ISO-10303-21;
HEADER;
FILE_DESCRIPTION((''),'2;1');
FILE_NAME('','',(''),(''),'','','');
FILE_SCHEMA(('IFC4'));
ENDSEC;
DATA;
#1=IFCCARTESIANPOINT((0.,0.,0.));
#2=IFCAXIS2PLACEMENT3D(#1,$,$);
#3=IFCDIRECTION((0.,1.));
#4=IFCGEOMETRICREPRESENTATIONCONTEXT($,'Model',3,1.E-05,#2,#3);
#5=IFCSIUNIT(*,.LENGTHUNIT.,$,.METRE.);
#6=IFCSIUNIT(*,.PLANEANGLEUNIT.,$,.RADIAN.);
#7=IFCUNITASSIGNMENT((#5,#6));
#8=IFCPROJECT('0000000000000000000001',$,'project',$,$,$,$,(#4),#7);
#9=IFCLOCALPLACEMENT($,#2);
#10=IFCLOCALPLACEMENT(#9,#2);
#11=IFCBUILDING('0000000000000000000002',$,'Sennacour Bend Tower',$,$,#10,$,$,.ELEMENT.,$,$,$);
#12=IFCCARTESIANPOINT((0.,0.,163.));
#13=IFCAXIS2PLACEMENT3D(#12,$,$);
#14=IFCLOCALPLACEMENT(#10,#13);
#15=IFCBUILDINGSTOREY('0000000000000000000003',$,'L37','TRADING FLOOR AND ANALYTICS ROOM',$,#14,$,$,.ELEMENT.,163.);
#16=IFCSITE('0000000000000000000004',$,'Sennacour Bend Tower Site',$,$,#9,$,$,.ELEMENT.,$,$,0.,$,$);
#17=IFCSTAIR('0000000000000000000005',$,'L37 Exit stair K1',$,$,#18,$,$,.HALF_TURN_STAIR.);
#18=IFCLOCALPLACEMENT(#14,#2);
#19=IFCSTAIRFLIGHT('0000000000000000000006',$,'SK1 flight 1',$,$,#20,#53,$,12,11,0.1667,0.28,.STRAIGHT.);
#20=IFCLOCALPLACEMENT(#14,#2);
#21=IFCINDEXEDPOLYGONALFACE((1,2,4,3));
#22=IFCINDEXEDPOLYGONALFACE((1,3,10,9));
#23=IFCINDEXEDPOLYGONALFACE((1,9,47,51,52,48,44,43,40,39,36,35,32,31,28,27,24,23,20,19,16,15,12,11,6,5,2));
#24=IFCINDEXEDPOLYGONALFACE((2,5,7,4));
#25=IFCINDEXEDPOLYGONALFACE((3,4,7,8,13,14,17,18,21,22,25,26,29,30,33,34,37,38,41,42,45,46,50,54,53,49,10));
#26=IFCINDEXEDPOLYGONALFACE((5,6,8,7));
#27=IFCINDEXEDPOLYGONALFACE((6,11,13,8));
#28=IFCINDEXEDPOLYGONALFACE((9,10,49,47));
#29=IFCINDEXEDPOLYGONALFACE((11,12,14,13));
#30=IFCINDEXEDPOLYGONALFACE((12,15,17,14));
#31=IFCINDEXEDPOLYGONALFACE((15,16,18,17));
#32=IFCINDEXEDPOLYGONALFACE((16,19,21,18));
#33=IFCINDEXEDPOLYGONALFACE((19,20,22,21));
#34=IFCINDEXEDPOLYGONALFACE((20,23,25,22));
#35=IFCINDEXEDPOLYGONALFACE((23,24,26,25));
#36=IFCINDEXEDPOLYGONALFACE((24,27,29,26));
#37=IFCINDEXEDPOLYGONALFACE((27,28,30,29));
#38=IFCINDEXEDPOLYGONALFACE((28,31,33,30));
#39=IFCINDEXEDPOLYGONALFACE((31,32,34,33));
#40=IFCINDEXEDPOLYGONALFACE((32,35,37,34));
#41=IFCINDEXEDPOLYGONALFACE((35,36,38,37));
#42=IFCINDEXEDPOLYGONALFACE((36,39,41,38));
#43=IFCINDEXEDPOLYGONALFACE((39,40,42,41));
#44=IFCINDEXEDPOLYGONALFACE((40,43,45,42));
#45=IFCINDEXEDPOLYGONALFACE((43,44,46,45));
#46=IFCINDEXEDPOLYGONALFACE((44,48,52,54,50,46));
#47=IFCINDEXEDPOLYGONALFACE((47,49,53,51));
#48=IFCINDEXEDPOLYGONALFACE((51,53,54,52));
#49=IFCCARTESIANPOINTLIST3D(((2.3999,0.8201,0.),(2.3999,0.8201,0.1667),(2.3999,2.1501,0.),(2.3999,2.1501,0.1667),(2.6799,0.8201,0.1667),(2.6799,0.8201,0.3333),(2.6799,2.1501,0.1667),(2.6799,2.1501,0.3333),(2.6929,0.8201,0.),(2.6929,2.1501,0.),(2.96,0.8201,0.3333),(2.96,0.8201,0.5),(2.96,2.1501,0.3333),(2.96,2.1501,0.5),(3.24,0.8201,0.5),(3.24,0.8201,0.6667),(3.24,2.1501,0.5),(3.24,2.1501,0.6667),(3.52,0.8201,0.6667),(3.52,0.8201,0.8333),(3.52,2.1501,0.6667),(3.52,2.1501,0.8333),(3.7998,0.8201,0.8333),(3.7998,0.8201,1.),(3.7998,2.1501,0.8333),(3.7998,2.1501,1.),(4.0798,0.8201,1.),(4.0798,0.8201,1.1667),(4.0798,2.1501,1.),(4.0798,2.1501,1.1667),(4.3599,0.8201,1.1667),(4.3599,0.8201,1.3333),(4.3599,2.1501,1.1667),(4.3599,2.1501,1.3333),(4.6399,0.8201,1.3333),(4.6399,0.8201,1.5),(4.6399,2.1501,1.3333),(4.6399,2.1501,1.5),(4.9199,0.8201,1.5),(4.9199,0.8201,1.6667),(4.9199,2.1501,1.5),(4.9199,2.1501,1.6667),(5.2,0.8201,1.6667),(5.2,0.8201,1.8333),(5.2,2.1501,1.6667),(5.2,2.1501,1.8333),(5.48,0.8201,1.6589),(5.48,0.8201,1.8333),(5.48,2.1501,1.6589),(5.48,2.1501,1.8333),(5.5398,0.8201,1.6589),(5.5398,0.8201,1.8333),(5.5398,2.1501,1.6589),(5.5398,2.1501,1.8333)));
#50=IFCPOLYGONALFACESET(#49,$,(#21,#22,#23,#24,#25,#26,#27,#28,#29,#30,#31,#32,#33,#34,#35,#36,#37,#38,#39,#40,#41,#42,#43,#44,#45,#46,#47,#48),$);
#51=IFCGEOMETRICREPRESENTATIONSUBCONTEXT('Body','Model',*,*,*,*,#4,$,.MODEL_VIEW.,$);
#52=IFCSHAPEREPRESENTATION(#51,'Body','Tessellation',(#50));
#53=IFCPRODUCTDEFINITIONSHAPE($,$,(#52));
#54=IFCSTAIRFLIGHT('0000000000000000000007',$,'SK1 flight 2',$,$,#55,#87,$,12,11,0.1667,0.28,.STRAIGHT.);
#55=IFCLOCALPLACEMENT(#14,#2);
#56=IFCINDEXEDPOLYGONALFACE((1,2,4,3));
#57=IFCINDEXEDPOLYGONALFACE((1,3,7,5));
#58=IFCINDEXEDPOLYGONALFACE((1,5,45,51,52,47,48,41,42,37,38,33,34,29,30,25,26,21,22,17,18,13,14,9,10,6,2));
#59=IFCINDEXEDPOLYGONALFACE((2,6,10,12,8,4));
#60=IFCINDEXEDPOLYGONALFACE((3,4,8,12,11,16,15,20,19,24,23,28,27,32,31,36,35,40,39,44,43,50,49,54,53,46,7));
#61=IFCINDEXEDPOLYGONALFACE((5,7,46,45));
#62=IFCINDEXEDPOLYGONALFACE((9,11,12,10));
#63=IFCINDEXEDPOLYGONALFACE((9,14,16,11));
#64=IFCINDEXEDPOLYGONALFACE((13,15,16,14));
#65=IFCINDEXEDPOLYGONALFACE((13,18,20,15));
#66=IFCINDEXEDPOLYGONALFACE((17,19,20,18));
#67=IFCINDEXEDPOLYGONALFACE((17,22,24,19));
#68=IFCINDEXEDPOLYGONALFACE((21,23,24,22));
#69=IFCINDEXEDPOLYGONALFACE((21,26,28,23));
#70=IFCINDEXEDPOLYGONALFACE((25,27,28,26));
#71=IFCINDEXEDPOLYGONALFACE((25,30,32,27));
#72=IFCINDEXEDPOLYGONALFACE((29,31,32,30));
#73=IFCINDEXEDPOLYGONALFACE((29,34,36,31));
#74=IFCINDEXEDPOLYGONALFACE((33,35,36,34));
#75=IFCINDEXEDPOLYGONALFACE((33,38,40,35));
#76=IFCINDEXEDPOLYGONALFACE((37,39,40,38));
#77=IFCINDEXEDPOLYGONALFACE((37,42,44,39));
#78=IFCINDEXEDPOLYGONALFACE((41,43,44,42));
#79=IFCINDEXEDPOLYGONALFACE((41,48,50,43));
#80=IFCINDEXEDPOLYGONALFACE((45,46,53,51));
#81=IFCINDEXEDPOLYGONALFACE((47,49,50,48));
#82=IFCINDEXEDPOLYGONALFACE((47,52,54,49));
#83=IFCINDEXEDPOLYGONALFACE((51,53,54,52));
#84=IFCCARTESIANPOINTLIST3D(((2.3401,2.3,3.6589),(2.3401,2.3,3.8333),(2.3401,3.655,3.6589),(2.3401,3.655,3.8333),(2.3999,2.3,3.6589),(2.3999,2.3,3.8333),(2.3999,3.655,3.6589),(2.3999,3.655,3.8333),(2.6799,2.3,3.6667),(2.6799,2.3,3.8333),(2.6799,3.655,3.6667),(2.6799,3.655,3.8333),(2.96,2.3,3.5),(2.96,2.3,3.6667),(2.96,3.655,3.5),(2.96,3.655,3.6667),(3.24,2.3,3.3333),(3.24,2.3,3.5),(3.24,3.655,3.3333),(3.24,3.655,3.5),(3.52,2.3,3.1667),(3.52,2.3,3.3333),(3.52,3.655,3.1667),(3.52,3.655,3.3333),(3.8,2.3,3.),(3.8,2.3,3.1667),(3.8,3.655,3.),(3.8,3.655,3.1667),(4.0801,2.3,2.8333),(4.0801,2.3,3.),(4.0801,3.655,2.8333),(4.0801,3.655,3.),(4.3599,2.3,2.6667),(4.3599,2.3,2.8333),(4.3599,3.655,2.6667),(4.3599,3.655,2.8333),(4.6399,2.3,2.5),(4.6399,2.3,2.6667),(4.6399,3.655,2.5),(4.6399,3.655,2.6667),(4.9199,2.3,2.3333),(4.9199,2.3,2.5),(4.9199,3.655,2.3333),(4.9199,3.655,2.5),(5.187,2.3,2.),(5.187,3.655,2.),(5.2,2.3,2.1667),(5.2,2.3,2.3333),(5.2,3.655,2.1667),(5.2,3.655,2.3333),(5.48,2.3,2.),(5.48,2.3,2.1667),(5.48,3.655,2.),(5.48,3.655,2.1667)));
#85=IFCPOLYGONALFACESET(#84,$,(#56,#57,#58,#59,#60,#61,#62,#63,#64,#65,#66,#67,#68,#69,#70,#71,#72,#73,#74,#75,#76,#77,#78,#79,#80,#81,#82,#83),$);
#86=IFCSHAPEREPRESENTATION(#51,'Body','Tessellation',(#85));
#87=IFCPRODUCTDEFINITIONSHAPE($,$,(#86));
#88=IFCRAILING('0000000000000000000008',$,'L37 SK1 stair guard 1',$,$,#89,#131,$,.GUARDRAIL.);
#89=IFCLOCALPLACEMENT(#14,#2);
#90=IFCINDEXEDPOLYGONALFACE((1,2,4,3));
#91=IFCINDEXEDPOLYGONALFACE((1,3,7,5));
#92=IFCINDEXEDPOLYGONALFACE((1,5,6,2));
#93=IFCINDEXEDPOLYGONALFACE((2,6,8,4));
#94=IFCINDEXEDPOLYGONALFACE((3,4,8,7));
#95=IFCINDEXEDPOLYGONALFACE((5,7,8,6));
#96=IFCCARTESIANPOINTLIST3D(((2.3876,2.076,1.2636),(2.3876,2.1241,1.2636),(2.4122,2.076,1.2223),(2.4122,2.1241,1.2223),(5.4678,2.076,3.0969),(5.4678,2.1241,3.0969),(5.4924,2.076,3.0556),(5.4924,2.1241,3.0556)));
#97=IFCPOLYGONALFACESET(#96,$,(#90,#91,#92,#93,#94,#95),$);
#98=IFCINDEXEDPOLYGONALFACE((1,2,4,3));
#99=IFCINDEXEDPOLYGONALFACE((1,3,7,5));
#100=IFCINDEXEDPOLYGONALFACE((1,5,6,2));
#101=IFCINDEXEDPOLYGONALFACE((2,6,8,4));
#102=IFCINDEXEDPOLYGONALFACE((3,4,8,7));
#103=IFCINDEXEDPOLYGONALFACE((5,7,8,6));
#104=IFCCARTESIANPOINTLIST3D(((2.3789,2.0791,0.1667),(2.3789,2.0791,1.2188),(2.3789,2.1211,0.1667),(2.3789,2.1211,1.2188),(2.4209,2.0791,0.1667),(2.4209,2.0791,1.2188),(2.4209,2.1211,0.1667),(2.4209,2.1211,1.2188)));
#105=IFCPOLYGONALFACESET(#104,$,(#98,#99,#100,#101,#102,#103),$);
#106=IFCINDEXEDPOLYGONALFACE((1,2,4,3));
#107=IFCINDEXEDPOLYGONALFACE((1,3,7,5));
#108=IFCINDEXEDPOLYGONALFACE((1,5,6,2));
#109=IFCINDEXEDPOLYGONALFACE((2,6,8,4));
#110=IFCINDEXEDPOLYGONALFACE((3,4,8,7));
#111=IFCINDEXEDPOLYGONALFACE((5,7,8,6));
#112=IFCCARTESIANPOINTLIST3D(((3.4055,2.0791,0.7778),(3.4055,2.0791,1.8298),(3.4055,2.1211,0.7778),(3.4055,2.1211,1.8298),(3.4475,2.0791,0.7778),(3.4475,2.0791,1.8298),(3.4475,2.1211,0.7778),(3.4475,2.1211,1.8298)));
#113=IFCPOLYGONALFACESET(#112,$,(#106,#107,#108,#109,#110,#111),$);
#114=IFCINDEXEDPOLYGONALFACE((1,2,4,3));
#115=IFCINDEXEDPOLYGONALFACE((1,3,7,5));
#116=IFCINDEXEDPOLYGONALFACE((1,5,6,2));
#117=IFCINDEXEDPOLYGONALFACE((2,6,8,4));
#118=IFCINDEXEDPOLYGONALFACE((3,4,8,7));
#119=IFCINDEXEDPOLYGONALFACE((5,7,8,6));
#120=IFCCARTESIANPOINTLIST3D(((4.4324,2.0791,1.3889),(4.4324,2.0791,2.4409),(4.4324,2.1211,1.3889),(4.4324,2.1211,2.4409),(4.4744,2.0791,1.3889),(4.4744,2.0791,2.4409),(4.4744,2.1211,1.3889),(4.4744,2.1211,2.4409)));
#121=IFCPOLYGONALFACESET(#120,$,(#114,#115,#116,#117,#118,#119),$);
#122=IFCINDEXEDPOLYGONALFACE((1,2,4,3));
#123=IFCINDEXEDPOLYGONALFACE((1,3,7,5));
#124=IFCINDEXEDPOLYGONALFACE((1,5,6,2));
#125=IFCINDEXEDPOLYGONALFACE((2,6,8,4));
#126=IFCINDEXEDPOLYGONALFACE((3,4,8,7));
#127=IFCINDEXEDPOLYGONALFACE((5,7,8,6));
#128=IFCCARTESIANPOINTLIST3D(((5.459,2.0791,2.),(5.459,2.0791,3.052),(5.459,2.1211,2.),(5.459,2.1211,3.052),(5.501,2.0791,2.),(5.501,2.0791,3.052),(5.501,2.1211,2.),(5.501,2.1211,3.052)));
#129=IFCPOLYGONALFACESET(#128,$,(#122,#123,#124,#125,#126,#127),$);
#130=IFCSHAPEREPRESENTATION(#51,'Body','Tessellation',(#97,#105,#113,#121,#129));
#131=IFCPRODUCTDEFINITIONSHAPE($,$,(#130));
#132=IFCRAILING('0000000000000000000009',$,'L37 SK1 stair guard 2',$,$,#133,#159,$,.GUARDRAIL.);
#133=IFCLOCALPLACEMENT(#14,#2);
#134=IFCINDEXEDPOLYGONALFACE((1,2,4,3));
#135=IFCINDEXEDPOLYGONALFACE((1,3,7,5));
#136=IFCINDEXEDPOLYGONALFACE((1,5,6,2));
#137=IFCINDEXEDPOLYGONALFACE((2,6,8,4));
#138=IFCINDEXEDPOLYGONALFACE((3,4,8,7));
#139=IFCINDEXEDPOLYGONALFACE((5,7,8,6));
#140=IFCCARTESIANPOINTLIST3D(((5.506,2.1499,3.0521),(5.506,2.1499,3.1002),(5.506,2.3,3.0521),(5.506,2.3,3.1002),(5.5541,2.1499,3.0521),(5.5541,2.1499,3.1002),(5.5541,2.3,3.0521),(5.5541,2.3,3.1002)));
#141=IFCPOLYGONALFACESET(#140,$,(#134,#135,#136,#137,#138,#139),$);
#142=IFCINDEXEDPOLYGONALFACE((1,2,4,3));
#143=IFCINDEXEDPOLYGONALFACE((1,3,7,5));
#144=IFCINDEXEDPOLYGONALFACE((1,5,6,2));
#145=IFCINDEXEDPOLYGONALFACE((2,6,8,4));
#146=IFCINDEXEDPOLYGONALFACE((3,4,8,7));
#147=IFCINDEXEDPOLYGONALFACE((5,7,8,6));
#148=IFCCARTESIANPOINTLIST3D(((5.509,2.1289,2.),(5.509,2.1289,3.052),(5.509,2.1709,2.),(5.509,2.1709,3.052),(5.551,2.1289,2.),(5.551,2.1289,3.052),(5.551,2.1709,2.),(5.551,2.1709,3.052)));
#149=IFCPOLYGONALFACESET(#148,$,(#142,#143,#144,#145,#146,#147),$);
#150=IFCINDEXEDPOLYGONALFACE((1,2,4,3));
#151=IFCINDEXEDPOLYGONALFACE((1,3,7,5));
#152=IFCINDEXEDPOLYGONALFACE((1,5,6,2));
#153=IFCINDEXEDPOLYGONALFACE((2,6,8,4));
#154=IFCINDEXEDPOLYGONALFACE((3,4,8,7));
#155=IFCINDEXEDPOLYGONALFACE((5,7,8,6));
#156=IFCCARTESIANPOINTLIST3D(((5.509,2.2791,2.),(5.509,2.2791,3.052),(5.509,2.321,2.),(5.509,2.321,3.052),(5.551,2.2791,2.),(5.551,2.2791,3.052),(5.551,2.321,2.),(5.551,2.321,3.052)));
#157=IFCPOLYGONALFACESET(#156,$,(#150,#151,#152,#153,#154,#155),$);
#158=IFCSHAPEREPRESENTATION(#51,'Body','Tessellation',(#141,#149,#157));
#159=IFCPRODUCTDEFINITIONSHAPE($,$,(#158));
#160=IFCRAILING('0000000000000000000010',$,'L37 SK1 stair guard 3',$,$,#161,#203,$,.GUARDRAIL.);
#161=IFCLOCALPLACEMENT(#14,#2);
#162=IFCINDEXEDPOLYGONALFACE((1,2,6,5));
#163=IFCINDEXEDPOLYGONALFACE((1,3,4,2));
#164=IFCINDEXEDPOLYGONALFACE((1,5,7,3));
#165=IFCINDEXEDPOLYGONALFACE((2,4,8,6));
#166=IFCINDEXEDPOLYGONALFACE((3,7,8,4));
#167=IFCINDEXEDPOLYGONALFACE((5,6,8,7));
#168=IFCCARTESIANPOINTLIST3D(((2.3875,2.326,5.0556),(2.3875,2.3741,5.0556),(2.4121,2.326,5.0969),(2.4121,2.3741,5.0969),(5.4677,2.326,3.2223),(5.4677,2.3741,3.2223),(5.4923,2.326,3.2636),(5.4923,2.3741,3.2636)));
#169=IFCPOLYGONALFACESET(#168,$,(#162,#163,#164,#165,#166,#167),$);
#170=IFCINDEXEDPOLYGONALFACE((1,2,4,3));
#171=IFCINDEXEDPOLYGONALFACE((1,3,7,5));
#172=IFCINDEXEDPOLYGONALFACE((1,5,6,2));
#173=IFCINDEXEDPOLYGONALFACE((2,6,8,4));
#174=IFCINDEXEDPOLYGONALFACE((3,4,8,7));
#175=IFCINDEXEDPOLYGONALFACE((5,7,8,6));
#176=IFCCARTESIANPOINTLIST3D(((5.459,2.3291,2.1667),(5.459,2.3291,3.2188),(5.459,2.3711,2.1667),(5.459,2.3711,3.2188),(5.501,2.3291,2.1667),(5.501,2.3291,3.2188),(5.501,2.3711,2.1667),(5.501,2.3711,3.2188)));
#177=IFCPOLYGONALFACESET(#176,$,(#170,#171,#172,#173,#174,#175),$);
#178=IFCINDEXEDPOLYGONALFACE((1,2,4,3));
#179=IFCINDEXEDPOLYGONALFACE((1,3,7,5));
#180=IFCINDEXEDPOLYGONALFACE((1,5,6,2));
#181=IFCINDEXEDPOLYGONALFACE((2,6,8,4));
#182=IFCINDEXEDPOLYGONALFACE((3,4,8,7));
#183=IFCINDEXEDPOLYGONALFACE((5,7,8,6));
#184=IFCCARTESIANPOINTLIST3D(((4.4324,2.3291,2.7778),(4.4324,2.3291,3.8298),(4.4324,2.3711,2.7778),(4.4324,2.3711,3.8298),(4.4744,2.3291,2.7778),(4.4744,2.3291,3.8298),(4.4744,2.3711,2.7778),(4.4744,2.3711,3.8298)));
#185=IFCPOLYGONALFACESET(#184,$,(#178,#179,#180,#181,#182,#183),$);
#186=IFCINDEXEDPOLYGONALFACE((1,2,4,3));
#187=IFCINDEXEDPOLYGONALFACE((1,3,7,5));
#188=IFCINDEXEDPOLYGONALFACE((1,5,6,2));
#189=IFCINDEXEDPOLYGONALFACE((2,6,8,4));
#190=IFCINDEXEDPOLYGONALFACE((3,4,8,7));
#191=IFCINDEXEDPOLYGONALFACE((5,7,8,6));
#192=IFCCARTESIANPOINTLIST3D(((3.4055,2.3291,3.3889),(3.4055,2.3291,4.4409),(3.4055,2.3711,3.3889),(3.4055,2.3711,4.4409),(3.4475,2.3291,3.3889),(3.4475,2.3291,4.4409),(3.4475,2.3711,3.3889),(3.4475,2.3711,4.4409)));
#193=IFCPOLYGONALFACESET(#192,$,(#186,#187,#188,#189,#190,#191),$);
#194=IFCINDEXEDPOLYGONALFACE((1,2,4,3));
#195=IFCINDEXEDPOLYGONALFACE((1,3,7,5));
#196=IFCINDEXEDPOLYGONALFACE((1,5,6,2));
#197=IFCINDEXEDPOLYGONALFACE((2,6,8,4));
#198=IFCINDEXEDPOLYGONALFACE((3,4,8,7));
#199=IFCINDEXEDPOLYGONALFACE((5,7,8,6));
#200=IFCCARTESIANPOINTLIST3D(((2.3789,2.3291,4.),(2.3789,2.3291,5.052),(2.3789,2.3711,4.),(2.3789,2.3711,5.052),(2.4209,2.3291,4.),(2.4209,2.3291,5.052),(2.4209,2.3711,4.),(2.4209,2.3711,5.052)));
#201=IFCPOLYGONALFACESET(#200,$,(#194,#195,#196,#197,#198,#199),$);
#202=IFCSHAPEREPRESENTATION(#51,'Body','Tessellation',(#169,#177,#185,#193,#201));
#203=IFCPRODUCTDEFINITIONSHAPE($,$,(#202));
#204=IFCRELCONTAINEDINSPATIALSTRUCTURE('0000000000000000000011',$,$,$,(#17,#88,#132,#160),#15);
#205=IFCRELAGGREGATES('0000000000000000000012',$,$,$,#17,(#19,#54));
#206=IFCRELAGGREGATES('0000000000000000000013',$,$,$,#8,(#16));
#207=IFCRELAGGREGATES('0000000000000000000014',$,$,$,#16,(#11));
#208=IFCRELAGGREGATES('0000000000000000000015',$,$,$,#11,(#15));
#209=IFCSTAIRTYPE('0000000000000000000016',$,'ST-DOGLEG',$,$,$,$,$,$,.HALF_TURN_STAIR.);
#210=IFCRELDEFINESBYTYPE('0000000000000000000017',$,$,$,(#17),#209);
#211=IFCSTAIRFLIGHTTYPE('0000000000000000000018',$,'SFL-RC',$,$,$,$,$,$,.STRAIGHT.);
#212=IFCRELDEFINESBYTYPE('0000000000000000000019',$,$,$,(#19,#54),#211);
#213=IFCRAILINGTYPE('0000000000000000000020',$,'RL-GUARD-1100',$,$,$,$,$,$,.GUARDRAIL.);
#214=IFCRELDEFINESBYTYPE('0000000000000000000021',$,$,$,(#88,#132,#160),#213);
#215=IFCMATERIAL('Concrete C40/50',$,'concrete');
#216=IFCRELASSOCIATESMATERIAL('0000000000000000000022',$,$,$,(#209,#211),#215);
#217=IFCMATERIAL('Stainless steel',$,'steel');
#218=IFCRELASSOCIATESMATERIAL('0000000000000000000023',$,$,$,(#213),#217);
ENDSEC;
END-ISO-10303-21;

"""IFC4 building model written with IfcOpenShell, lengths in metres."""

from ifc_helpers import new_model, si_unit, direction, frame, origin, origin_2d, place, context, subcontext, project, spatial, polyline, rectangle, outline, extrude, material, type_object, element, aggregate, save


model = new_model("IFC4")

# Units and contexts
model_context = context("Model", 3, precision=1e-05, world=origin(), true_north=direction((0.0, 1.0)))
body_context = subcontext(model_context, "Body", "Model", "MODEL_VIEW")
ifc_project = project(units=[si_unit("LENGTHUNIT", "METRE"), si_unit("PLANEANGLEUNIT", "RADIAN")], contexts=[model_context])

# Site, building, storey
site_placement = place(None, origin())
site = spatial("IfcSite", under=ifc_project, at=site_placement, Name="Sennacour Bend Tower Site", CompositionType="ELEMENT", RefElevation=0.0)
building_placement = place(site_placement, origin())
building = spatial("IfcBuilding", under=site, at=building_placement, Name="Sennacour Bend Tower", CompositionType="ELEMENT")
storey_placement = place(building_placement, frame((0.0, 0.0, 163.0)))
storey = spatial("IfcBuildingStorey", under=building, at=storey_placement, Name="L37", Description="TRADING FLOOR AND ANALYTICS ROOM", CompositionType="ELEMENT", Elevation=163.0)

# Stair, stair flights
ifc_material_1 = material(Name="Concrete C40/50", Category="concrete")
stair_type = type_object("IfcStairType", Name="ST-DOGLEG", PredefinedType="HALF_TURN_STAIR", material=ifc_material_1)
stair_placement = place(storey_placement, origin())
stair = element("IfcStair", 1, at=stair_placement, inside=storey, type_object=stair_type, Name="L37 Exit stair K1", PredefinedType="HALF_TURN_STAIR")
stair_flight_type = type_object("IfcStairFlightType", Name="SFL-RC", PredefinedType="STRAIGHT", material=ifc_material_1)
stair_flight_1_placement = place(storey_placement, frame((2.3999, 1.4851, 0.0), z_axis=(0.0, 0.0, 1.0), x_axis=(1.0, 0.0, 0.0)))
stair_flight_1 = element("IfcStairFlight", 2, at=stair_flight_1_placement, type_object=stair_flight_type, Name="SK1 flight 1", NumberOfRisers=12, NumberOfTreads=11, PredefinedType="STRAIGHT", RiserHeight=0.1667, TreadLength=0.28, context=body_context, shape_type="SweptSolid", body=[
    extrude(outline(polyline([(0.0, 0.0), (0.0, 0.1667), (0.28, 0.1667), (0.28, 0.3333), (0.5601, 0.3333), (0.5601, 0.5), (0.8401, 0.5), (0.8401, 0.6667), (1.1201, 0.6667), (1.1201, 0.8333), (1.3999, 0.8333), (1.3999, 1.0), (1.6799, 1.0), (1.6799, 1.1667), (1.96, 1.1667), (1.96, 1.3333), (2.24, 1.3333), (2.24, 1.5), (2.52, 1.5), (2.52, 1.6667), (2.8, 1.6667), (2.8, 1.8333), (3.0801, 1.8333), (3.1399, 1.8333), (3.1399, 1.6589), (3.0801, 1.6589), (0.293, 0.0), (0.0, 0.0)])), frame((0.0, 0.665, 0.0), z_axis=(0.0, -1.0, 0.0), x_axis=(1.0, 0.0, 0.0)), (0.0, 0.0, 1.0), 1.3301),
])
stair_flight_2_placement = place(storey_placement, frame((5.48, 2.9775, 2.0), z_axis=(0.0, 0.0, 1.0), x_axis=(-1.0, 0.0, 0.0)))
stair_flight_2 = element("IfcStairFlight", 3, at=stair_flight_2_placement, type_object=stair_flight_type, Name="SK1 flight 2", NumberOfRisers=12, NumberOfTreads=11, PredefinedType="STRAIGHT", RiserHeight=0.1667, TreadLength=0.28, context=body_context, shape_type="SweptSolid", body=[
    extrude(outline(polyline([(0.0, 0.0), (0.0, 0.1667), (0.28, 0.1667), (0.28, 0.3333), (0.5601, 0.3333), (0.5601, 0.5), (0.8401, 0.5), (0.8401, 0.6667), (1.1201, 0.6667), (1.1201, 0.8333), (1.3999, 0.8333), (1.3999, 1.0), (1.6799, 1.0), (1.6799, 1.1667), (1.96, 1.1667), (1.96, 1.3333), (2.24, 1.3333), (2.24, 1.5), (2.52, 1.5), (2.52, 1.6667), (2.8, 1.6667), (2.8, 1.8333), (3.0801, 1.8333), (3.1399, 1.8333), (3.1399, 1.6589), (3.0801, 1.6589), (0.293, 0.0), (0.0, 0.0)])), frame((0.0, 0.6775, 0.0), z_axis=(0.0, -1.0, 0.0), x_axis=(1.0, 0.0, 0.0)), (0.0, 0.0, 1.0), 1.355),
])
aggregate(stair, [stair_flight_1, stair_flight_2])

# Railings
ifc_material_2 = material(Name="Stainless steel", Category="steel")
railing_type_1 = type_object("IfcRailingType", Name="RL-GUARD-1100", PredefinedType="GUARDRAIL", material=ifc_material_2)
railing_1_placement = place(storey_placement, frame((2.3999, 2.1001, 0.1667)))
element("IfcRailing", 4, at=railing_1_placement, inside=storey, type_object=railing_type_1, Name="L37 SK1 stair guard 1", PredefinedType="GUARDRAIL", context=body_context, shape_type="SweptSolid", body=[
    extrude(rectangle(XDim=0.0481, YDim=0.0481, at=origin_2d()), frame((0.0, 0.0, 1.0762), z_axis=(0.859309, 0.0, 0.511458), x_axis=(0.0, 1.0, 0.0)), (0.0, 0.0, 1.0), 3.5845),
    extrude(rectangle(XDim=0.042, YDim=0.042, at=origin_2d()), origin(), (0.0, 0.0, 1.0), 1.052),
    extrude(rectangle(XDim=0.042, YDim=0.042, at=origin_2d()), frame((1.0266, 0.0, 0.6111)), (0.0, 0.0, 1.0), 1.052),
    extrude(rectangle(XDim=0.042, YDim=0.042, at=origin_2d()), frame((2.0535, 0.0, 1.2222)), (0.0, 0.0, 1.0), 1.052),
    extrude(rectangle(XDim=0.042, YDim=0.042, at=origin_2d()), frame((3.0801, 0.0, 1.8333)), (0.0, 0.0, 1.0), 1.052),
])
railing_2_placement = place(storey_placement, frame((5.53, 2.1499, 2.0)))
element("IfcRailing", 5, at=railing_2_placement, inside=storey, type_object=railing_type_1, Name="L37 SK1 stair guard 2", PredefinedType="GUARDRAIL", context=body_context, shape_type="SweptSolid", body=[
    extrude(rectangle(XDim=0.0481, YDim=0.0481, at=origin_2d()), frame((0.0, 0.0, 1.0762), z_axis=(0.0, 1.0, 0.0), x_axis=(-1.0, 0.0, 0.0)), (0.0, 0.0, 1.0), 0.1501),
    extrude(rectangle(XDim=0.042, YDim=0.042, at=origin_2d()), origin(), (0.0, 0.0, 1.0), 1.052),
    extrude(rectangle(XDim=0.042, YDim=0.042, at=origin_2d()), frame((0.0, 0.1501, 0.0)), (0.0, 0.0, 1.0), 1.052),
])
railing_3_placement = place(storey_placement, frame((5.48, 2.3501, 2.1667)))
element("IfcRailing", 6, at=railing_3_placement, inside=storey, type_object=railing_type_1, Name="L37 SK1 stair guard 3", PredefinedType="GUARDRAIL", context=body_context, shape_type="SweptSolid", body=[
    extrude(rectangle(XDim=0.0481, YDim=0.0481, at=origin_2d()), frame((0.0, 0.0, 1.0762), z_axis=(-0.859309, 0.0, 0.511458), x_axis=(0.0, -1.0, 0.0)), (0.0, 0.0, 1.0), 3.5845),
    extrude(rectangle(XDim=0.042, YDim=0.042, at=origin_2d()), origin(), (0.0, 0.0, 1.0), 1.052),
    extrude(rectangle(XDim=0.042, YDim=0.042, at=origin_2d()), frame((-1.0266, 0.0, 0.6111)), (0.0, 0.0, 1.0), 1.052),
    extrude(rectangle(XDim=0.042, YDim=0.042, at=origin_2d()), frame((-2.0535, 0.0, 1.2222)), (0.0, 0.0, 1.0), 1.052),
    extrude(rectangle(XDim=0.042, YDim=0.042, at=origin_2d()), frame((-3.0801, 0.0, 1.8333)), (0.0, 0.0, 1.0), 1.052),
])

save(model, "model.ifc")
